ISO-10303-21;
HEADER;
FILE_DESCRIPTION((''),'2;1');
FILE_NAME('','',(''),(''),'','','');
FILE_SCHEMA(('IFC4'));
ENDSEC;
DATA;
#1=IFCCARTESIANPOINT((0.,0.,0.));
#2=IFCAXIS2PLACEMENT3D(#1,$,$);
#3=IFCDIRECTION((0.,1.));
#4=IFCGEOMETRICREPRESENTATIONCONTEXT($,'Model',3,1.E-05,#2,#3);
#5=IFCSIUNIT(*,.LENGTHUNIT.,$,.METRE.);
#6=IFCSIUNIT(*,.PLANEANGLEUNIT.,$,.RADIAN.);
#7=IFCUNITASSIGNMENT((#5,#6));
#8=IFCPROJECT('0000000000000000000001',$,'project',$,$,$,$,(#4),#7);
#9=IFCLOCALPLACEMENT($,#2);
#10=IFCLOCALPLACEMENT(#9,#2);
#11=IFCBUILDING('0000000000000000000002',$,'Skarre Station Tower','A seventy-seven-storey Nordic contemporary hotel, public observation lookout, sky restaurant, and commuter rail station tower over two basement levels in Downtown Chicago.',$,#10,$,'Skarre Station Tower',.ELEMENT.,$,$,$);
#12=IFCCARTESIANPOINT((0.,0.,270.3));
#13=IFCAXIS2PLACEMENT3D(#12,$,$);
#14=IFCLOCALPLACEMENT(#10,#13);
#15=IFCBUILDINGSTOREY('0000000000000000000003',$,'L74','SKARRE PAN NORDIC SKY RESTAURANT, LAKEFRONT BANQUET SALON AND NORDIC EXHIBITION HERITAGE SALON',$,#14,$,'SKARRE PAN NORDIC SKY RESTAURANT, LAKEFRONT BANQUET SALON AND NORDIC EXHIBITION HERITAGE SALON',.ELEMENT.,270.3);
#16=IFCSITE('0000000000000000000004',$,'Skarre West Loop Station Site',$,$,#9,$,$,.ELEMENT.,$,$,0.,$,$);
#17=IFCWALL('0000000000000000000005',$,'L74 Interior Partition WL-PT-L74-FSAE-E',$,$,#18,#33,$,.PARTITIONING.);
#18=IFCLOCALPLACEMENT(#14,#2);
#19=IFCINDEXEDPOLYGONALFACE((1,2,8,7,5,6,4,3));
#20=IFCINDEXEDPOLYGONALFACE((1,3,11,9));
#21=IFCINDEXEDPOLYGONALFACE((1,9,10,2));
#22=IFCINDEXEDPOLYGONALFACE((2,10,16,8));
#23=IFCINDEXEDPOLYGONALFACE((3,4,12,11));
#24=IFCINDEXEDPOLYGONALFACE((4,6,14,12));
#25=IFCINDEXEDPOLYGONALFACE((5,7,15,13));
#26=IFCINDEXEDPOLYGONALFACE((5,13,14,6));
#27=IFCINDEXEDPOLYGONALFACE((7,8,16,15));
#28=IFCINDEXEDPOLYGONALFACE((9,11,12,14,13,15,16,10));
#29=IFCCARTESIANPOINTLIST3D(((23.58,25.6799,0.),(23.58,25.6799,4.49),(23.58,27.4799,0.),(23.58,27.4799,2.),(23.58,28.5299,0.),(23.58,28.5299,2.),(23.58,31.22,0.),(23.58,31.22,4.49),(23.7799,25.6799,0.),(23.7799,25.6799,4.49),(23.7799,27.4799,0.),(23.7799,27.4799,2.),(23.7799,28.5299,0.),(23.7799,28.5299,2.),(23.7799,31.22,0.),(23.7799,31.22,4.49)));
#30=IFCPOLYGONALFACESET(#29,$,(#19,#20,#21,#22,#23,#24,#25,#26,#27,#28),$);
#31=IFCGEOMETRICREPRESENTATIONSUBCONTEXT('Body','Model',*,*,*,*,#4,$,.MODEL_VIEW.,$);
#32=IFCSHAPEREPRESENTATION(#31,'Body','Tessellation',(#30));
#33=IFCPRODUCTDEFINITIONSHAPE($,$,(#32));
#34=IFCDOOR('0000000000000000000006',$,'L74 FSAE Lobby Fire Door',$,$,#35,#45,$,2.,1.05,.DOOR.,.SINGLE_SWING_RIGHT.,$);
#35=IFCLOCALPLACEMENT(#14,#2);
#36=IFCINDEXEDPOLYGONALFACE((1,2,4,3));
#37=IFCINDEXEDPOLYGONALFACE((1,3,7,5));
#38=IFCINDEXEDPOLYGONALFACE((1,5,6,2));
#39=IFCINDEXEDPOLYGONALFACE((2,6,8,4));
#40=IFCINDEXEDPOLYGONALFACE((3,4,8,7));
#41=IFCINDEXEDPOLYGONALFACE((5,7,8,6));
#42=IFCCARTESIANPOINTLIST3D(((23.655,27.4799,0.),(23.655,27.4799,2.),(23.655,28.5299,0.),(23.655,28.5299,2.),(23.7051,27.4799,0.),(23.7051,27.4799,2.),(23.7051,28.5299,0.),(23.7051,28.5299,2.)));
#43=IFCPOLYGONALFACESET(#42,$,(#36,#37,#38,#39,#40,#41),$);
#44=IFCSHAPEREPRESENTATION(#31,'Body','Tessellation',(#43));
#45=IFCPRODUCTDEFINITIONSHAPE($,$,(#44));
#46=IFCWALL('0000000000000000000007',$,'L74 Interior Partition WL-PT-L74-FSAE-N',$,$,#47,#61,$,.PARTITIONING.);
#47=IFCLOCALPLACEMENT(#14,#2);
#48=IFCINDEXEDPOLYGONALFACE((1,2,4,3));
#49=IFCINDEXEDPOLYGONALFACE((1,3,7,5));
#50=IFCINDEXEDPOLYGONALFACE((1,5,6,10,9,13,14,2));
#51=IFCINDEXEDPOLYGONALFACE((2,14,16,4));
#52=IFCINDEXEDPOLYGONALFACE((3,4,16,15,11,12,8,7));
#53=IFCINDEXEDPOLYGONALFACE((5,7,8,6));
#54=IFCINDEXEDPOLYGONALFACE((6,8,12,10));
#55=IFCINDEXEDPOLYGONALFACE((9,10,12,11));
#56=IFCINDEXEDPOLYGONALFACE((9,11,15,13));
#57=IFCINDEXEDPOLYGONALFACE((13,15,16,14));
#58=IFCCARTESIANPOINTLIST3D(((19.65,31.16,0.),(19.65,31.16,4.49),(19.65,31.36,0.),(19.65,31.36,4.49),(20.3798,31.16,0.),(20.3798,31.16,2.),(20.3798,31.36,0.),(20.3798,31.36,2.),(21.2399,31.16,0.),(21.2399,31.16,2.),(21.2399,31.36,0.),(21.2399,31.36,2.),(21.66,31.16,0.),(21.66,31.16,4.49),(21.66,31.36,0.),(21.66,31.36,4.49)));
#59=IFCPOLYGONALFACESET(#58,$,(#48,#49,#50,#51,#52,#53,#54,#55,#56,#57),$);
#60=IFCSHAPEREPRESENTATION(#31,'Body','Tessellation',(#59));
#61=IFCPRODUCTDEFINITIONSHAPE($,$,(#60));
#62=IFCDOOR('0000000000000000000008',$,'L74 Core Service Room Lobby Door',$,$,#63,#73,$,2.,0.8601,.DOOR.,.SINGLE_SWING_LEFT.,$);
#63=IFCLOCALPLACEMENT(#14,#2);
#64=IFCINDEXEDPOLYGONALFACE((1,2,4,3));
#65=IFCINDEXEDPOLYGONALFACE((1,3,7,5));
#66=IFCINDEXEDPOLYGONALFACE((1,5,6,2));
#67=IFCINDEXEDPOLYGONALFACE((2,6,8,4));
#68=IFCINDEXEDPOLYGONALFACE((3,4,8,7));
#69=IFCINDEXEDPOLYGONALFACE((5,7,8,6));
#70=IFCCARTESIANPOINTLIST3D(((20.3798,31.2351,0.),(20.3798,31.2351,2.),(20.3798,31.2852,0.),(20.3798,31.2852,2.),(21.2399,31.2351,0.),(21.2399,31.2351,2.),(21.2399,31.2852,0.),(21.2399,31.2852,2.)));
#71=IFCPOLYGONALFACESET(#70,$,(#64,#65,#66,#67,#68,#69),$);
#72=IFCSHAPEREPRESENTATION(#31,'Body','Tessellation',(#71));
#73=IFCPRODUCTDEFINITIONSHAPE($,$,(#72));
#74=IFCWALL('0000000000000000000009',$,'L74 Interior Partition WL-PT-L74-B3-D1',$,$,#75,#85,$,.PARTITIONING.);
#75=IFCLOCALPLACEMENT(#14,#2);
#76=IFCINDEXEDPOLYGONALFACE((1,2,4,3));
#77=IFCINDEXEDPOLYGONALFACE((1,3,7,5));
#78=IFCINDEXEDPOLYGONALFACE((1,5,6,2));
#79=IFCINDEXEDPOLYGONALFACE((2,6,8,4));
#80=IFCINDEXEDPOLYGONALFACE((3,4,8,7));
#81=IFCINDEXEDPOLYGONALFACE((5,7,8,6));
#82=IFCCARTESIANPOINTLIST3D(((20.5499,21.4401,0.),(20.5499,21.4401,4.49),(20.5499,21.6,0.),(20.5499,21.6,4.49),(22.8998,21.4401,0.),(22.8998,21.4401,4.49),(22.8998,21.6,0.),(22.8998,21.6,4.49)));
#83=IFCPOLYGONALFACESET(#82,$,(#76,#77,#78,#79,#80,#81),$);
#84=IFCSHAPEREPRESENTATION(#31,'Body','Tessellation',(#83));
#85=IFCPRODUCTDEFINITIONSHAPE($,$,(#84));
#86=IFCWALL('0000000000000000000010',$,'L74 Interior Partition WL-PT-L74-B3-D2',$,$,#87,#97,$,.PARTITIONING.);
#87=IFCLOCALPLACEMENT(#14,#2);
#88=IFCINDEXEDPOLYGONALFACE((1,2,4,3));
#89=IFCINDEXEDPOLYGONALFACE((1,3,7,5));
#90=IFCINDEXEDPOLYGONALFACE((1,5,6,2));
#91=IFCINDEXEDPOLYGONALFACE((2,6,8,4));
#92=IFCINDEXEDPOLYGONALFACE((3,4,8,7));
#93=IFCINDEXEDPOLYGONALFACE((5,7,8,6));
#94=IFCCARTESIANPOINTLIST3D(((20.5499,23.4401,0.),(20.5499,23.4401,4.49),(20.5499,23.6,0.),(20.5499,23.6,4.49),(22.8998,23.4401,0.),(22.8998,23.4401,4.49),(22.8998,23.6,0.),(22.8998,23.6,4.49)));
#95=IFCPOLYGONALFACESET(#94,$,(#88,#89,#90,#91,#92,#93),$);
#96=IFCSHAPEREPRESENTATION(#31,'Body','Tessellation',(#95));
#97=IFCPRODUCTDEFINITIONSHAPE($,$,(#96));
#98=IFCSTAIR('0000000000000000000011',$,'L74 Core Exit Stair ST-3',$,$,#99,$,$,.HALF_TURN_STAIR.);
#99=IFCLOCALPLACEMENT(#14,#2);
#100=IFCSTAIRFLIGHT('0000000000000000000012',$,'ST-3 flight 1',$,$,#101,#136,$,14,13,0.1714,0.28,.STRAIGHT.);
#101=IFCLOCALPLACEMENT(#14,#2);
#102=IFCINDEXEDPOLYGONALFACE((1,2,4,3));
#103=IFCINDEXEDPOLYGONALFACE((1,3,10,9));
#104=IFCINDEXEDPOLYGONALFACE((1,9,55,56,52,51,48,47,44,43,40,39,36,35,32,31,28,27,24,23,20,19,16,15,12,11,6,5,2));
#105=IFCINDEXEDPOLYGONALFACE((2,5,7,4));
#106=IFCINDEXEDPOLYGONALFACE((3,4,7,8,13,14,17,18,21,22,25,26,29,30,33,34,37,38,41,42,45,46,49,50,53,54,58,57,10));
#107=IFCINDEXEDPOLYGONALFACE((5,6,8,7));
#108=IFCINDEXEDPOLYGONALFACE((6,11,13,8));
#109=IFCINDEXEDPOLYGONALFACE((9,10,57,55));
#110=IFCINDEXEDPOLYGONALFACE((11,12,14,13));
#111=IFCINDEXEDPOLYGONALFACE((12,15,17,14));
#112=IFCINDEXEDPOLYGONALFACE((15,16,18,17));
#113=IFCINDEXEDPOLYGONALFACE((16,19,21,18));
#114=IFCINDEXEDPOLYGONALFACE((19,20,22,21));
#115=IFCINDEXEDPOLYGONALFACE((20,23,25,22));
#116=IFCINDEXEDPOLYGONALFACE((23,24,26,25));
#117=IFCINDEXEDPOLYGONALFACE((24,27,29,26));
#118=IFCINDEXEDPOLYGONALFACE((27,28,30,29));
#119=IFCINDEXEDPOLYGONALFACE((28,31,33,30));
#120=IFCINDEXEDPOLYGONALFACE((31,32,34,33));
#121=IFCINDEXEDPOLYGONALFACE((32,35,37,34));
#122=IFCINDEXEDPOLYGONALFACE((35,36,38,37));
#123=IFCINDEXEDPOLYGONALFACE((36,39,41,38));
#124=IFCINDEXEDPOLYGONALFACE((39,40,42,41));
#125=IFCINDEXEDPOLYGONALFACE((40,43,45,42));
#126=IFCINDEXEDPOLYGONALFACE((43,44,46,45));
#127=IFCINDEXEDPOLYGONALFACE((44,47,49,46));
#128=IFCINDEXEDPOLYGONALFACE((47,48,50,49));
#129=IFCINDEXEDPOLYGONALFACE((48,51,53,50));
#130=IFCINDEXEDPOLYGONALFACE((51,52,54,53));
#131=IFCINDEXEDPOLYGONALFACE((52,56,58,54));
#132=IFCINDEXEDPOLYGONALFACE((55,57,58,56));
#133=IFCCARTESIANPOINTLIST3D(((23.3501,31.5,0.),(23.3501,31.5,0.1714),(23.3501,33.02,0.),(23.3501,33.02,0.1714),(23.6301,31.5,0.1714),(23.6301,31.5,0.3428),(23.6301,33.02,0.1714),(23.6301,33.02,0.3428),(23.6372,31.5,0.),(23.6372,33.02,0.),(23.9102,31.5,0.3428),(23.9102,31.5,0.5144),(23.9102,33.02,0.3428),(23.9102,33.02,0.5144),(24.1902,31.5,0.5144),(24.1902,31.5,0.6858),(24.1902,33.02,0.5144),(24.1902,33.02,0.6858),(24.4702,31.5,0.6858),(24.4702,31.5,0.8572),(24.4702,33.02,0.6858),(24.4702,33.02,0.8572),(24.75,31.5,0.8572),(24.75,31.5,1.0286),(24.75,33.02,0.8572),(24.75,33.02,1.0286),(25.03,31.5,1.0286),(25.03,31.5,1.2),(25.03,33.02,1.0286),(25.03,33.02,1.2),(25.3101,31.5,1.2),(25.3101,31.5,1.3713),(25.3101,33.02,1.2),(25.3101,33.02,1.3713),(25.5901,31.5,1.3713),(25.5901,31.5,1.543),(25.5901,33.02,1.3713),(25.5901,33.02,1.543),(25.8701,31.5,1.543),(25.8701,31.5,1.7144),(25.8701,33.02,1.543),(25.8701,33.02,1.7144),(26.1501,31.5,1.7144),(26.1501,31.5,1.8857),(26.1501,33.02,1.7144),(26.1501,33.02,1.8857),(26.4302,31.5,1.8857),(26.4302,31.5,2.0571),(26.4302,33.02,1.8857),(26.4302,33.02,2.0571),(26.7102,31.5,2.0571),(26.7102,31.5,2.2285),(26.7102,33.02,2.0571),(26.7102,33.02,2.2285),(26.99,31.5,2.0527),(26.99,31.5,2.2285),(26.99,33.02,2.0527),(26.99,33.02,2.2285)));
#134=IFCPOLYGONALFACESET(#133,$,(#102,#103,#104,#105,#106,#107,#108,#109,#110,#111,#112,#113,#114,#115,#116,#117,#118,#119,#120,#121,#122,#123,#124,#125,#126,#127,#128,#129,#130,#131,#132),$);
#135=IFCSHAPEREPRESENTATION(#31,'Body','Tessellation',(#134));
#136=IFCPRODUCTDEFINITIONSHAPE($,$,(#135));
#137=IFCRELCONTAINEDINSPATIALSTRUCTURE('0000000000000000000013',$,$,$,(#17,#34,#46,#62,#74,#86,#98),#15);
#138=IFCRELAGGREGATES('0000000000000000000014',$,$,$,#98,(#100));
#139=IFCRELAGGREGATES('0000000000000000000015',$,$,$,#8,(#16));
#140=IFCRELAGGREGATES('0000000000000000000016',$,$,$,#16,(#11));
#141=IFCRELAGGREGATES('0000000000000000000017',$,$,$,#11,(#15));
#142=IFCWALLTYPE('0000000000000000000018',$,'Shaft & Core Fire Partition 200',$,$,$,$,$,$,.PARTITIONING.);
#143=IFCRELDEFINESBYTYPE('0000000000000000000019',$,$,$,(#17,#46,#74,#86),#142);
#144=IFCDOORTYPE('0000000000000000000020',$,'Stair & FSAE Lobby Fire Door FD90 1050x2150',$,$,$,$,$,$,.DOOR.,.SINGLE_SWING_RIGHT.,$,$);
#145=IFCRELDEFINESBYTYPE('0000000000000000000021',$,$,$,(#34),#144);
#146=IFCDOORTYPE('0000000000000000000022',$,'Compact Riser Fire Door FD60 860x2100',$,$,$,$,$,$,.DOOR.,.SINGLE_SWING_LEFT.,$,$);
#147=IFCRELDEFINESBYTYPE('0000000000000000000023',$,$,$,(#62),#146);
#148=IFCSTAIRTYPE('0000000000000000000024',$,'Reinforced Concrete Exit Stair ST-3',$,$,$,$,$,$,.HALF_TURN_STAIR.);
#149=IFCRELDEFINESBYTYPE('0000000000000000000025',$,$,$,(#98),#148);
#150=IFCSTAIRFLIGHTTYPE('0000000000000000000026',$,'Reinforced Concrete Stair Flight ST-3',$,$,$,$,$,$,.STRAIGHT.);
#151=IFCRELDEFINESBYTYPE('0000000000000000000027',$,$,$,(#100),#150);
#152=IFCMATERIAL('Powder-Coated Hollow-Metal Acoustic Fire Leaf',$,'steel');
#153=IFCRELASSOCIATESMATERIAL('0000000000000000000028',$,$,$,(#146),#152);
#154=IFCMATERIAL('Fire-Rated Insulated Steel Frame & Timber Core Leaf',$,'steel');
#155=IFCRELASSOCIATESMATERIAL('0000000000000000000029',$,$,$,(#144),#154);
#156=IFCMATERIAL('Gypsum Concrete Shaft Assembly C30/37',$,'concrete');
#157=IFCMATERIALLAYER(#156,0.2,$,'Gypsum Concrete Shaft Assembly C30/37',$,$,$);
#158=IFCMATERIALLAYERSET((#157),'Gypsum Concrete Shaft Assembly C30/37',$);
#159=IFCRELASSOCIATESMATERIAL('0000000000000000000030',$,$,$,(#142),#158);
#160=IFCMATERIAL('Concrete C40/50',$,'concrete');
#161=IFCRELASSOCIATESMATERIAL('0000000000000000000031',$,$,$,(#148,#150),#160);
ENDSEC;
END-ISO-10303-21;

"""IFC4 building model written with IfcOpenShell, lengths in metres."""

from ifc_helpers import new_model, si_unit, direction, frame, frame_2d, origin, place, context, subcontext, project, spatial, polyline, rectangle, outline, extrude, material, layer, layer_set, type_object, element, fill, aggregate, save


model = new_model("IFC4")

# Units and contexts
model_context = context("Model", 3, precision=1e-05, world=origin(), true_north=direction((0.0, 1.0)))
body_context = subcontext(model_context, "Body", "Model", "MODEL_VIEW")
ifc_project = project(units=[si_unit("LENGTHUNIT", "METRE"), si_unit("PLANEANGLEUNIT", "RADIAN")], contexts=[model_context])

# Site, building, storey
site_placement = place(None, origin())
site = spatial("IfcSite", under=ifc_project, at=site_placement, Name="Skarre West Loop Station Site", CompositionType="ELEMENT", RefElevation=0.0)
building_placement = place(site_placement, origin())
building = spatial("IfcBuilding", under=site, at=building_placement, Name="Skarre Station Tower", Description="A seventy-seven-storey Nordic contemporary hotel, public observation lookout, sky restaurant, and commuter rail station tower over two basement levels in Downtown Chicago.", LongName="Skarre Station Tower", CompositionType="ELEMENT")
storey_placement = place(building_placement, frame((0.0, 0.0, 270.3)))
storey = spatial("IfcBuildingStorey", under=building, at=storey_placement, Name="L74", Description="SKARRE PAN NORDIC SKY RESTAURANT, LAKEFRONT BANQUET SALON AND NORDIC EXHIBITION HERITAGE SALON", LongName="SKARRE PAN NORDIC SKY RESTAURANT, LAKEFRONT BANQUET SALON AND NORDIC EXHIBITION HERITAGE SALON", CompositionType="ELEMENT", Elevation=270.3)

# Shared definitions
ifc_material_1 = material(Name="Powder-Coated Hollow-Metal Acoustic Fire Leaf", Category="steel")
door_type_1 = type_object("IfcDoorType", Name="Compact Riser Fire Door FD60 860x2100", OperationType="SINGLE_SWING_LEFT", PredefinedType="DOOR", material=ifc_material_1)

# Shared definitions
ifc_material_2 = material(Name="Fire-Rated Insulated Steel Frame & Timber Core Leaf", Category="steel")
door_type_2 = type_object("IfcDoorType", Name="Stair & FSAE Lobby Fire Door FD90 1050x2150", OperationType="SINGLE_SWING_RIGHT", PredefinedType="DOOR", material=ifc_material_2)

# Shared definitions
ifc_material_3 = material(Name="Gypsum Concrete Shaft Assembly C30/37", Category="concrete")
ifc_layer_1 = layer(ifc_material_3, 0.2, Name="Gypsum Concrete Shaft Assembly C30/37")
ifc_layer_set_1 = layer_set([ifc_layer_1], Name="Gypsum Concrete Shaft Assembly C30/37")
wall_type_1 = type_object("IfcWallType", Name="Shaft & Core Fire Partition 200", PredefinedType="PARTITIONING", material=ifc_layer_set_1)

# Walls, openings, doors
wall_1_placement = place(storey_placement, frame((23.6799, 25.6799, 0.0), z_axis=(0.0, 0.0, 1.0), x_axis=(0.0, 1.0, 0.0)))
wall_1 = element("IfcWall", 1, at=wall_1_placement, inside=storey, type_object=wall_type_1, Name="L74 Interior Partition WL-PT-L74-FSAE-E", PredefinedType="PARTITIONING", context=body_context, shape_type="SweptSolid", body=[
    extrude(rectangle(XDim=5.54, YDim=0.2, at=frame_2d((2.77, 0.0))), origin(), (0.0, 0.0, 1.0), 4.49),
])
opening_1_placement = place(wall_1_placement, frame((1.8, 0.0, 0.0)))
opening_1 = element("IfcOpeningElement", 2, at=opening_1_placement, cuts=wall_1, PredefinedType="OPENING", context=body_context, shape_type="SweptSolid", body=[
    extrude(rectangle(XDim=1.05, YDim=2.0, at=frame_2d((0.5249, 1.0))), frame((0.0, 0.1099, 0.0), z_axis=(0.0, -1.0, 0.0), x_axis=(1.0, 0.0, 0.0)), (0.0, 0.0, 1.0), 0.22),
])
door_1_placement = place(opening_1_placement, origin())
door_1 = element("IfcDoor", 3, at=door_1_placement, inside=storey, type_object=door_type_2, Name="L74 FSAE Lobby Fire Door", OperationType="SINGLE_SWING_RIGHT", OverallHeight=2.0, OverallWidth=1.05, PredefinedType="DOOR", context=body_context, shape_type="SweptSolid", body=[
    extrude(rectangle(XDim=1.05, YDim=2.0, at=frame_2d((0.5249, 1.0))), frame((0.0, 0.0249, 0.0), z_axis=(0.0, -1.0, 0.0), x_axis=(1.0, 0.0, 0.0)), (0.0, 0.0, 1.0), 0.05),
])
fill(opening_1, door_1)
wall_2_placement = place(storey_placement, frame((21.6599, 31.26, 0.0), z_axis=(0.0, 0.0, 1.0), x_axis=(-1.0, 0.0, 0.0)))
wall_2 = element("IfcWall", 4, at=wall_2_placement, inside=storey, type_object=wall_type_1, Name="L74 Interior Partition WL-PT-L74-FSAE-N", PredefinedType="PARTITIONING", context=body_context, shape_type="SweptSolid", body=[
    extrude(rectangle(XDim=2.01, YDim=0.2, at=frame_2d((1.0049, 0.0))), origin(), (0.0, 0.0, 1.0), 4.49),
])
opening_2_placement = place(wall_2_placement, frame((0.4199, 0.0, 0.0)))
opening_2 = element("IfcOpeningElement", 5, at=opening_2_placement, cuts=wall_2, PredefinedType="OPENING", context=body_context, shape_type="SweptSolid", body=[
    extrude(rectangle(XDim=0.8601, YDim=2.0, at=frame_2d((0.4302, 1.0))), frame((0.0, 0.1099, 0.0), z_axis=(0.0, -1.0, 0.0), x_axis=(1.0, 0.0, 0.0)), (0.0, 0.0, 1.0), 0.22),
])
door_2_placement = place(opening_2_placement, origin())
door_2 = element("IfcDoor", 6, at=door_2_placement, inside=storey, type_object=door_type_1, Name="L74 Core Service Room Lobby Door", OperationType="SINGLE_SWING_LEFT", OverallHeight=2.0, OverallWidth=0.8601, PredefinedType="DOOR", context=body_context, shape_type="SweptSolid", body=[
    extrude(rectangle(XDim=0.8601, YDim=2.0, at=frame_2d((0.4302, 1.0))), frame((0.0, 0.0249, 0.0), z_axis=(0.0, -1.0, 0.0), x_axis=(1.0, 0.0, 0.0)), (0.0, 0.0, 1.0), 0.05),
])
fill(opening_2, door_2)

# Walls
for number, where, z_axis, x_axis, name in (
    (7, (20.55, 21.52, 0.0), (0.0, 0.0, 1.0), (1.0, 0.0, 0.0), "L74 Interior Partition WL-PT-L74-B3-D1"),
    (8, (20.55, 23.52, 0.0), (0.0, 0.0, 1.0), (1.0, 0.0, 0.0), "L74 Interior Partition WL-PT-L74-B3-D2"),
):
    element("IfcWall", number, at=place(storey_placement, frame(where, z_axis=z_axis, x_axis=x_axis)), inside=storey, type_object=wall_type_1, Name=name, PredefinedType="PARTITIONING", context=body_context, shape_type="SweptSolid", body=[
        extrude(rectangle(XDim=2.3499, YDim=0.1599, at=frame_2d((1.1748, 0.0))), origin(), (0.0, 0.0, 1.0), 4.49),
    ])

# Stair, stair flight
ifc_material_4 = material(Name="Concrete C40/50", Category="concrete")
stair_type = type_object("IfcStairType", Name="Reinforced Concrete Exit Stair ST-3", PredefinedType="HALF_TURN_STAIR", material=ifc_material_4)
stair_placement = place(storey_placement, origin())
stair = element("IfcStair", 9, at=stair_placement, inside=storey, type_object=stair_type, Name="L74 Core Exit Stair ST-3", PredefinedType="HALF_TURN_STAIR")
stair_flight_type = type_object("IfcStairFlightType", Name="Reinforced Concrete Stair Flight ST-3", PredefinedType="STRAIGHT", material=ifc_material_4)
stair_flight_placement = place(storey_placement, frame((23.3501, 32.26, 0.0), z_axis=(0.0, 0.0, 1.0), x_axis=(1.0, 0.0, 0.0)))
stair_flight = element("IfcStairFlight", 10, at=stair_flight_placement, type_object=stair_flight_type, Name="ST-3 flight 1", NumberOfRisers=14, NumberOfTreads=13, PredefinedType="STRAIGHT", RiserHeight=0.1714, TreadLength=0.28, context=body_context, shape_type="SweptSolid", body=[
    extrude(outline(polyline([(0.0, 0.0), (0.0, 0.1714), (0.28, 0.1714), (0.28, 0.3428), (0.5601, 0.3428), (0.5601, 0.5144), (0.8401, 0.5144), (0.8401, 0.6858), (1.1201, 0.6858), (1.1201, 0.8572), (1.3999, 0.8572), (1.3999, 1.0286), (1.6799, 1.0286), (1.6799, 1.2), (1.96, 1.2), (1.96, 1.3713), (2.24, 1.3713), (2.24, 1.543), (2.52, 1.543), (2.52, 1.7144), (2.8, 1.7144), (2.8, 1.8857), (3.0801, 1.8857), (3.0801, 2.0571), (3.3601, 2.0571), (3.3601, 2.2285), (3.6399, 2.2285), (3.6399, 2.3999), (3.6399, 2.0527), (0.2871, 0.0), (0.0, 0.0)])), frame((0.0, 0.76, 0.0), z_axis=(0.0, -1.0, 0.0), x_axis=(1.0, 0.0, 0.0)), (0.0, 0.0, 1.0), 1.52),
])
aggregate(stair, [stair_flight])

save(model, "model.ifc")
